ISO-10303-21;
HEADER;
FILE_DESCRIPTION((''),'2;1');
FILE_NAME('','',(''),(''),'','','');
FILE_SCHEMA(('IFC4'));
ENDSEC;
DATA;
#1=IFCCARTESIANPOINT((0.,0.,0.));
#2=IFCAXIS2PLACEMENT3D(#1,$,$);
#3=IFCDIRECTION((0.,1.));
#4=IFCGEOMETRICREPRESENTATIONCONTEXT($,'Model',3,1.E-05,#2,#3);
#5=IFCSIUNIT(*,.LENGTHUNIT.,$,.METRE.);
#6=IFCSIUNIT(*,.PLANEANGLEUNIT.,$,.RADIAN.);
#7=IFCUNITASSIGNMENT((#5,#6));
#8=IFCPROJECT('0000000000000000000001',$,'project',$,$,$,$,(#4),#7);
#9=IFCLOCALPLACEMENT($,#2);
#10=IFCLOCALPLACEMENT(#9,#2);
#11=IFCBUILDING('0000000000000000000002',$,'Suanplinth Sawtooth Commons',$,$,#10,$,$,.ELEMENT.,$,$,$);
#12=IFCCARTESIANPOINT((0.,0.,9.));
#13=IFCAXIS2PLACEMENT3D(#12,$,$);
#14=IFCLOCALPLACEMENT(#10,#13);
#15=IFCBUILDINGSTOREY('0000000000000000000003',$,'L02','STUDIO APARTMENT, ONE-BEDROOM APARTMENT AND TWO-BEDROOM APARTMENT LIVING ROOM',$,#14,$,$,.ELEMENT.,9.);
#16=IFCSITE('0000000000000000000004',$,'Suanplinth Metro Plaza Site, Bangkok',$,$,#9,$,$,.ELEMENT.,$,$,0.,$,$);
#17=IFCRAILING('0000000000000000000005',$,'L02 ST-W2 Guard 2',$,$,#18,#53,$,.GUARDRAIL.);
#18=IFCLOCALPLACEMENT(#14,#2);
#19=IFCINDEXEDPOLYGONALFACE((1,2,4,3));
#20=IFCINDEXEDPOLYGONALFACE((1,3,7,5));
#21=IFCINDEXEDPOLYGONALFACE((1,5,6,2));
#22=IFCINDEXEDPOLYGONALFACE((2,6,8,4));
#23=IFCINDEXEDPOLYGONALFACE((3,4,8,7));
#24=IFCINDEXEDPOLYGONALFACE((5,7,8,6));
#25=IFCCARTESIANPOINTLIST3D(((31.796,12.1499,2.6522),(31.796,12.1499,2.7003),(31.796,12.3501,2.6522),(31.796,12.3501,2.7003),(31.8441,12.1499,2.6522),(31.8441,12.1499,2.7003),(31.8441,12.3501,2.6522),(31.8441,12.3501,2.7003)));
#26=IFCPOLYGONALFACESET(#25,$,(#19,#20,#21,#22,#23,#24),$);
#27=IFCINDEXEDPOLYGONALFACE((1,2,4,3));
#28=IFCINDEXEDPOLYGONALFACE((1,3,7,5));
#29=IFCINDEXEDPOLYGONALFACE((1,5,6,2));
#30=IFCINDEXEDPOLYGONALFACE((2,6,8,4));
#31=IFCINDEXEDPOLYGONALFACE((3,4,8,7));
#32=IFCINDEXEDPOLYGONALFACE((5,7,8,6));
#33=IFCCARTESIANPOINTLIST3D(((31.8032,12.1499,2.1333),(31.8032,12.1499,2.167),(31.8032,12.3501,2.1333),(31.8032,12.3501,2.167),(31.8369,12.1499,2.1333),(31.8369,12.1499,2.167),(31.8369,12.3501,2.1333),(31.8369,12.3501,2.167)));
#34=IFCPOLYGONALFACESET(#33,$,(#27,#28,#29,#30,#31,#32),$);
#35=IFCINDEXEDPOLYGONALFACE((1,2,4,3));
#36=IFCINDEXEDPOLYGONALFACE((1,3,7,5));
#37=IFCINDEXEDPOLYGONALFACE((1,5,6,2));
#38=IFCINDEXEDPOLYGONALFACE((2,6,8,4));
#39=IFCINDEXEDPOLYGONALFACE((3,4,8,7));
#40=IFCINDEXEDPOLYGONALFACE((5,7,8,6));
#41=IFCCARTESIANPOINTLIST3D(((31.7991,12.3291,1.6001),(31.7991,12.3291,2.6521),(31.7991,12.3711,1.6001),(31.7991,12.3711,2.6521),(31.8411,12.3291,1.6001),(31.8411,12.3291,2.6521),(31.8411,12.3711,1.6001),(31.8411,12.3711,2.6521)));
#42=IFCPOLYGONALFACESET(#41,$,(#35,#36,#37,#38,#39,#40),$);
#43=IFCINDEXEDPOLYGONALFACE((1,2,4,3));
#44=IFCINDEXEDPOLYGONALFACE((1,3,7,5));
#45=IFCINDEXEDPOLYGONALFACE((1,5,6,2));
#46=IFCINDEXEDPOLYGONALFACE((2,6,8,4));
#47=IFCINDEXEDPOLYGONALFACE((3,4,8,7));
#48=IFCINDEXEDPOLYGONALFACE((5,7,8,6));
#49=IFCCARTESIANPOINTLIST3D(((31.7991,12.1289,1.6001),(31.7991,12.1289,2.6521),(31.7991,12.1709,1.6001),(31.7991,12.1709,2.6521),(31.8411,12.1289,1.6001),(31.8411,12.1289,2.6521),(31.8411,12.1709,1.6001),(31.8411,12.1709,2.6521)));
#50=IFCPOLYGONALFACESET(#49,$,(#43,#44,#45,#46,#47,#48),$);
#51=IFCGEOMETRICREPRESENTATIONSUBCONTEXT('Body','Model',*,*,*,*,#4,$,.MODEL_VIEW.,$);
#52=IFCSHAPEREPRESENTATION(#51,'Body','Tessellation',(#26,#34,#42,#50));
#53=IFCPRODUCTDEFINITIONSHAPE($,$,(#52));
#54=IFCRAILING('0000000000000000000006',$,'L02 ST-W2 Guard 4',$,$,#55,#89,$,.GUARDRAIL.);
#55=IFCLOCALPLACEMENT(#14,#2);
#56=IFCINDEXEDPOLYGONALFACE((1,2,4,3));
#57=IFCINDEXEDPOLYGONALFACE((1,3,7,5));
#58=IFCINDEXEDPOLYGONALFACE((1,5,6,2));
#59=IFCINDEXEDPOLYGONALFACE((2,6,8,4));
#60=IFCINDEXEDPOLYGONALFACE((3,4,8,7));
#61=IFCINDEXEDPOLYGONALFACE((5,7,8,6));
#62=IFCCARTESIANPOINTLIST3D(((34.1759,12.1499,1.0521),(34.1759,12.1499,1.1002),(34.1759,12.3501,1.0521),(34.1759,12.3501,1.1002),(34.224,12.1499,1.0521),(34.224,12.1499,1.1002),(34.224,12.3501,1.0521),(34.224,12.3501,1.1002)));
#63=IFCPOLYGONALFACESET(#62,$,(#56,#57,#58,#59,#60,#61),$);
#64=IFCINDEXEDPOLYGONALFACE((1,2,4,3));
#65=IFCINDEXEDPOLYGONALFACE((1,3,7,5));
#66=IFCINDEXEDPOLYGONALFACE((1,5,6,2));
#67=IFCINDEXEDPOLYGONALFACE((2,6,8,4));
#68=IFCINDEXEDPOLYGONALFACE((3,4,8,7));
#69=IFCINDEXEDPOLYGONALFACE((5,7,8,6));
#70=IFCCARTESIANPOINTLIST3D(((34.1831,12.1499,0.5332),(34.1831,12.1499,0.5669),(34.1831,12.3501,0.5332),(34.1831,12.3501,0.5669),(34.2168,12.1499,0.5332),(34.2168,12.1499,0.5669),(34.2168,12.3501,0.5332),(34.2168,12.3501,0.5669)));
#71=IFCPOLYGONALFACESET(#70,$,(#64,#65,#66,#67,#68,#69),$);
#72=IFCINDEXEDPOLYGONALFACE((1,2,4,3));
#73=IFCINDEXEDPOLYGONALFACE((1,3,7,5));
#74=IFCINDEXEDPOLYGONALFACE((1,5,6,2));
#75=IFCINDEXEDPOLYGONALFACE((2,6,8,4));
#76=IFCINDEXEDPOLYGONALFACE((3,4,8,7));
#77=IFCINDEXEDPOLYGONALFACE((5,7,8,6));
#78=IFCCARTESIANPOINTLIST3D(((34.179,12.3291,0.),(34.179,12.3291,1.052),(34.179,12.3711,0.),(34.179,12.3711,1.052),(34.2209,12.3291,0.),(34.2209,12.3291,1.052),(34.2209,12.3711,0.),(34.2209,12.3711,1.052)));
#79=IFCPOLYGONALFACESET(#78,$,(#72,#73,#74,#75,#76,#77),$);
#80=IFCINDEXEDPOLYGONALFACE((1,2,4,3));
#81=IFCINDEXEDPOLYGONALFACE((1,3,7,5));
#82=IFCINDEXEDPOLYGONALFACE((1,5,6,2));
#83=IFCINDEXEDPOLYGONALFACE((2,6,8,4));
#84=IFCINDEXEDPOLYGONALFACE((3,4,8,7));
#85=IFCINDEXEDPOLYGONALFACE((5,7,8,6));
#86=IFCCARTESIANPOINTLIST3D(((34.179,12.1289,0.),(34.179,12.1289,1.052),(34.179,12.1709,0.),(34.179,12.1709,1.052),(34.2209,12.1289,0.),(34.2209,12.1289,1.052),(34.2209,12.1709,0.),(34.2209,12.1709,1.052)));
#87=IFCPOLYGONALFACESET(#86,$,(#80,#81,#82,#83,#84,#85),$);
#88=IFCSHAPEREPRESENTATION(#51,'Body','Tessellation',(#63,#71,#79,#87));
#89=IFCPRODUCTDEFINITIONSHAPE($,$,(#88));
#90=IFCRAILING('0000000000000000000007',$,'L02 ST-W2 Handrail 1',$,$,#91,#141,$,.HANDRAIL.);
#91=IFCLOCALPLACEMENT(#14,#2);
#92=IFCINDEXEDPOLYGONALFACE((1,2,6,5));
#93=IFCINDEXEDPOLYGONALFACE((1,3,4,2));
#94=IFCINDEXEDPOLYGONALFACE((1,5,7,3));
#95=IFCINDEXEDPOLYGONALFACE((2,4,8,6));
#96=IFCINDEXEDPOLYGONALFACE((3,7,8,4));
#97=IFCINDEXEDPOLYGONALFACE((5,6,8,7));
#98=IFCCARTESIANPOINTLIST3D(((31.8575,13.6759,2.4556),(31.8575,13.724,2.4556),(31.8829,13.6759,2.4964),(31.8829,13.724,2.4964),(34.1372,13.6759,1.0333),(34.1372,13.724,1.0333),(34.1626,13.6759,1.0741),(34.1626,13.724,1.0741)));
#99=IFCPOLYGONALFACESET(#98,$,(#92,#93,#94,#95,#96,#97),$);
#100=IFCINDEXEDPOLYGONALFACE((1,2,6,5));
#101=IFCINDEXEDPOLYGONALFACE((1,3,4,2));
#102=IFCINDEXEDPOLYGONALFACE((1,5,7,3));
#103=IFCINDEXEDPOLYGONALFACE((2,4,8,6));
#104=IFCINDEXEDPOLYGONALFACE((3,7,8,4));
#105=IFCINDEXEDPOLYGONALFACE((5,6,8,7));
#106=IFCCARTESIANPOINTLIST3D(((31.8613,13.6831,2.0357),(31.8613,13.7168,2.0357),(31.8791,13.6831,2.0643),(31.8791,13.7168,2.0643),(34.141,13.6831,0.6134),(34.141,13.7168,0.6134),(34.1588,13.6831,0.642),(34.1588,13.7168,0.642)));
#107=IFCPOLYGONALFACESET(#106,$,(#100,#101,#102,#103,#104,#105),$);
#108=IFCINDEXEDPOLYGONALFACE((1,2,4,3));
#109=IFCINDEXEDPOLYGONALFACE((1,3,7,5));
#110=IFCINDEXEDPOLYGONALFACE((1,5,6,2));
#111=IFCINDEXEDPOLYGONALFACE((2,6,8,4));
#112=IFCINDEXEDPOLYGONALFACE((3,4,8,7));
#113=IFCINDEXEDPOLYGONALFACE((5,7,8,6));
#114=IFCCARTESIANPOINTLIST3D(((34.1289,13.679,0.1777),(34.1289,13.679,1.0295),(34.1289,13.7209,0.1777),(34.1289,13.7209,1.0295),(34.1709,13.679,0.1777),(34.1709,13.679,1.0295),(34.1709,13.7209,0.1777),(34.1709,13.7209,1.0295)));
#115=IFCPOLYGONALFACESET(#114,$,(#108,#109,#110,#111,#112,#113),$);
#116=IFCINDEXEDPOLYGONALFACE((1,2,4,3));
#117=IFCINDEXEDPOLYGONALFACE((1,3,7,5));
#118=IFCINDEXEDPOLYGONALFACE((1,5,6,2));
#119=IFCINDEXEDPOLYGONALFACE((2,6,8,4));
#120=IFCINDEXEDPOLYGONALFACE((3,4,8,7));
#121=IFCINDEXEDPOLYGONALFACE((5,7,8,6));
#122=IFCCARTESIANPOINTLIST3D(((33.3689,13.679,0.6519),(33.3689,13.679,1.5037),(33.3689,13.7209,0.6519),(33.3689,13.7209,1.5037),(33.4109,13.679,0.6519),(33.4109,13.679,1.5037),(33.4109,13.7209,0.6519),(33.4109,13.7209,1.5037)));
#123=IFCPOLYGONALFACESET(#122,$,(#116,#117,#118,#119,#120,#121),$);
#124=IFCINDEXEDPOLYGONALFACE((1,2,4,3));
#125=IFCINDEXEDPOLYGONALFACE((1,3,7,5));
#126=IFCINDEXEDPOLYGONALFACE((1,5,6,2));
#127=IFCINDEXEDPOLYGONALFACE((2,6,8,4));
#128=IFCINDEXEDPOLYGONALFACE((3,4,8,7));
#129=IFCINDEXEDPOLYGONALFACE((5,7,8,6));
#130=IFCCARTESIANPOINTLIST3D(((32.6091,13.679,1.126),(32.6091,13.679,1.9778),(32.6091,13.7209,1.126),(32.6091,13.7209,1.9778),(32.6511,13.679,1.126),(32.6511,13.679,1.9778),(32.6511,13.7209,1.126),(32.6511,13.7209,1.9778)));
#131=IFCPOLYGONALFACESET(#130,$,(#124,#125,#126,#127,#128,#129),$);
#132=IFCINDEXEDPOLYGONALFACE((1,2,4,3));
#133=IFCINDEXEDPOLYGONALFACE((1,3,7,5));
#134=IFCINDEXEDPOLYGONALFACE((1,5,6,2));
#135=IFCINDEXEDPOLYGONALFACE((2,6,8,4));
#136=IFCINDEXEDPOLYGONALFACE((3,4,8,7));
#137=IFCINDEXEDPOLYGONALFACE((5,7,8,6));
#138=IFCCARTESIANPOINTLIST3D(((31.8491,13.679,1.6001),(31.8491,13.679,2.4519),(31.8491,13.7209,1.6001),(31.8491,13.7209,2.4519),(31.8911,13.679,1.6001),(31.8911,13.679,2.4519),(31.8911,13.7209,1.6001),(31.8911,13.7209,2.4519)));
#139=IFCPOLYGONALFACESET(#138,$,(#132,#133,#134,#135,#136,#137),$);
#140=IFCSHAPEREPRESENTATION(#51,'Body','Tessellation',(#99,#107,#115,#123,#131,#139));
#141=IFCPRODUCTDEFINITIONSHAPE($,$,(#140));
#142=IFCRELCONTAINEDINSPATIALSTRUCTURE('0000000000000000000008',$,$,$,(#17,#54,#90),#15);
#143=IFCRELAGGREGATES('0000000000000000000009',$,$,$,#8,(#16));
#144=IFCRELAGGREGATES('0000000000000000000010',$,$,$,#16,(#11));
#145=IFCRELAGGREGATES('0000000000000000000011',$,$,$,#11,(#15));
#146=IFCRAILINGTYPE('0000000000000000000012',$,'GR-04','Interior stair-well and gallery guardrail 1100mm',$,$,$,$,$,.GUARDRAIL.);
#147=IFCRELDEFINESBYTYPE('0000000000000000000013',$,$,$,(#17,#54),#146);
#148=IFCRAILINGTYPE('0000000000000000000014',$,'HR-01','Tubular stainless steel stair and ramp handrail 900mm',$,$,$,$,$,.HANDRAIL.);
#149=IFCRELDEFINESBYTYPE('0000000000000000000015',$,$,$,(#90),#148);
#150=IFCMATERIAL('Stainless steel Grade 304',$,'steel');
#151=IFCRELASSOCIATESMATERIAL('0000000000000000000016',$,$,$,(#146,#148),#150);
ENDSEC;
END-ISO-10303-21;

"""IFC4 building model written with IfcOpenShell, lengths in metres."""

from ifc_helpers import new_model, si_unit, direction, frame, origin, origin_2d, place, context, subcontext, project, spatial, rectangle, extrude, material, type_object, element, save


model = new_model("IFC4")

# Units and contexts
model_context = context("Model", 3, precision=1e-05, world=origin(), true_north=direction((0.0, 1.0)))
body_context = subcontext(model_context, "Body", "Model", "MODEL_VIEW")
ifc_project = project(units=[si_unit("LENGTHUNIT", "METRE"), si_unit("PLANEANGLEUNIT", "RADIAN")], contexts=[model_context])

# Site, building, storey
site_placement = place(None, origin())
site = spatial("IfcSite", under=ifc_project, at=site_placement, Name="Suanplinth Metro Plaza Site, Bangkok", CompositionType="ELEMENT", RefElevation=0.0)
building_placement = place(site_placement, origin())
building = spatial("IfcBuilding", under=site, at=building_placement, Name="Suanplinth Sawtooth Commons", CompositionType="ELEMENT")
storey_placement = place(building_placement, frame((0.0, 0.0, 9.0)))
storey = spatial("IfcBuildingStorey", under=building, at=storey_placement, Name="L02", Description="STUDIO APARTMENT, ONE-BEDROOM APARTMENT AND TWO-BEDROOM APARTMENT LIVING ROOM", CompositionType="ELEMENT", Elevation=9.0)

# Railings
ifc_material_1 = material(Name="Stainless steel Grade 304", Category="steel")
railing_type_1 = type_object("IfcRailingType", Name="GR-04", Description="Interior stair-well and gallery guardrail 1100mm", PredefinedType="GUARDRAIL", material=ifc_material_1)
for number, where, name in (
    (1, (31.8201, 12.3501, 1.6001), "L02 ST-W2 Guard 2"),
    (2, (34.2, 12.3501, 0.0), "L02 ST-W2 Guard 4"),
):
    element("IfcRailing", number, at=place(storey_placement, frame(where)), inside=storey, type_object=railing_type_1, Name=name, PredefinedType="GUARDRAIL", context=body_context, shape_type="SweptSolid", body=[
        extrude(rectangle(XDim=0.0481, YDim=0.0481, at=origin_2d()), frame((0.0, 0.0, 1.0762), z_axis=(0.0, -1.0, 0.0), x_axis=(1.0, 0.0, 0.0)), (0.0, 0.0, 1.0), 0.2002),
        extrude(rectangle(XDim=0.0337, YDim=0.0337, at=origin_2d()), frame((0.0, 0.0, 0.55), z_axis=(0.0, -1.0, 0.0), x_axis=(1.0, 0.0, 0.0)), (0.0, 0.0, 1.0), 0.2002),
        extrude(rectangle(XDim=0.042, YDim=0.042, at=origin_2d()), origin(), (0.0, 0.0, 1.0), 1.052),
        extrude(rectangle(XDim=0.042, YDim=0.042, at=origin_2d()), frame((0.0, -0.2002, 0.0)), (0.0, 0.0, 1.0), 1.052),
    ])
railing_type_2 = type_object("IfcRailingType", Name="HR-01", Description="Tubular stainless steel stair and ramp handrail 900mm", PredefinedType="HANDRAIL", material=ifc_material_1)
railing_1_placement = place(storey_placement, frame((34.1499, 13.7, 0.1777)))
element("IfcRailing", 3, at=railing_1_placement, inside=storey, type_object=railing_type_2, Name="L02 ST-W2 Handrail 1", PredefinedType="HANDRAIL", context=body_context, shape_type="SweptSolid", body=[
    extrude(rectangle(XDim=0.0481, YDim=0.0481, at=origin_2d()), frame((0.0, 0.0, 0.876), z_axis=(-0.848417, 0.0, 0.529329), x_axis=(0.0, -1.0, 0.0)), (0.0, 0.0, 1.0), 2.687),
    extrude(rectangle(XDim=0.0337, YDim=0.0337, at=origin_2d()), frame((0.0, 0.0, 0.45), z_axis=(-0.848417, 0.0, 0.529329), x_axis=(0.0, -1.0, 0.0)), (0.0, 0.0, 1.0), 2.687),
    extrude(rectangle(XDim=0.042, YDim=0.042, at=origin_2d()), origin(), (0.0, 0.0, 1.0), 0.8518),
    extrude(rectangle(XDim=0.042, YDim=0.042, at=origin_2d()), frame((-0.76, 0.0, 0.4741)), (0.0, 0.0, 1.0), 0.8518),
    extrude(rectangle(XDim=0.042, YDim=0.042, at=origin_2d()), frame((-1.5198, 0.0, 0.9482)), (0.0, 0.0, 1.0), 0.8518),
    extrude(rectangle(XDim=0.042, YDim=0.042, at=origin_2d()), frame((-2.2798, 0.0, 1.4224)), (0.0, 0.0, 1.0), 0.8518),
])

save(model, "model.ifc")
